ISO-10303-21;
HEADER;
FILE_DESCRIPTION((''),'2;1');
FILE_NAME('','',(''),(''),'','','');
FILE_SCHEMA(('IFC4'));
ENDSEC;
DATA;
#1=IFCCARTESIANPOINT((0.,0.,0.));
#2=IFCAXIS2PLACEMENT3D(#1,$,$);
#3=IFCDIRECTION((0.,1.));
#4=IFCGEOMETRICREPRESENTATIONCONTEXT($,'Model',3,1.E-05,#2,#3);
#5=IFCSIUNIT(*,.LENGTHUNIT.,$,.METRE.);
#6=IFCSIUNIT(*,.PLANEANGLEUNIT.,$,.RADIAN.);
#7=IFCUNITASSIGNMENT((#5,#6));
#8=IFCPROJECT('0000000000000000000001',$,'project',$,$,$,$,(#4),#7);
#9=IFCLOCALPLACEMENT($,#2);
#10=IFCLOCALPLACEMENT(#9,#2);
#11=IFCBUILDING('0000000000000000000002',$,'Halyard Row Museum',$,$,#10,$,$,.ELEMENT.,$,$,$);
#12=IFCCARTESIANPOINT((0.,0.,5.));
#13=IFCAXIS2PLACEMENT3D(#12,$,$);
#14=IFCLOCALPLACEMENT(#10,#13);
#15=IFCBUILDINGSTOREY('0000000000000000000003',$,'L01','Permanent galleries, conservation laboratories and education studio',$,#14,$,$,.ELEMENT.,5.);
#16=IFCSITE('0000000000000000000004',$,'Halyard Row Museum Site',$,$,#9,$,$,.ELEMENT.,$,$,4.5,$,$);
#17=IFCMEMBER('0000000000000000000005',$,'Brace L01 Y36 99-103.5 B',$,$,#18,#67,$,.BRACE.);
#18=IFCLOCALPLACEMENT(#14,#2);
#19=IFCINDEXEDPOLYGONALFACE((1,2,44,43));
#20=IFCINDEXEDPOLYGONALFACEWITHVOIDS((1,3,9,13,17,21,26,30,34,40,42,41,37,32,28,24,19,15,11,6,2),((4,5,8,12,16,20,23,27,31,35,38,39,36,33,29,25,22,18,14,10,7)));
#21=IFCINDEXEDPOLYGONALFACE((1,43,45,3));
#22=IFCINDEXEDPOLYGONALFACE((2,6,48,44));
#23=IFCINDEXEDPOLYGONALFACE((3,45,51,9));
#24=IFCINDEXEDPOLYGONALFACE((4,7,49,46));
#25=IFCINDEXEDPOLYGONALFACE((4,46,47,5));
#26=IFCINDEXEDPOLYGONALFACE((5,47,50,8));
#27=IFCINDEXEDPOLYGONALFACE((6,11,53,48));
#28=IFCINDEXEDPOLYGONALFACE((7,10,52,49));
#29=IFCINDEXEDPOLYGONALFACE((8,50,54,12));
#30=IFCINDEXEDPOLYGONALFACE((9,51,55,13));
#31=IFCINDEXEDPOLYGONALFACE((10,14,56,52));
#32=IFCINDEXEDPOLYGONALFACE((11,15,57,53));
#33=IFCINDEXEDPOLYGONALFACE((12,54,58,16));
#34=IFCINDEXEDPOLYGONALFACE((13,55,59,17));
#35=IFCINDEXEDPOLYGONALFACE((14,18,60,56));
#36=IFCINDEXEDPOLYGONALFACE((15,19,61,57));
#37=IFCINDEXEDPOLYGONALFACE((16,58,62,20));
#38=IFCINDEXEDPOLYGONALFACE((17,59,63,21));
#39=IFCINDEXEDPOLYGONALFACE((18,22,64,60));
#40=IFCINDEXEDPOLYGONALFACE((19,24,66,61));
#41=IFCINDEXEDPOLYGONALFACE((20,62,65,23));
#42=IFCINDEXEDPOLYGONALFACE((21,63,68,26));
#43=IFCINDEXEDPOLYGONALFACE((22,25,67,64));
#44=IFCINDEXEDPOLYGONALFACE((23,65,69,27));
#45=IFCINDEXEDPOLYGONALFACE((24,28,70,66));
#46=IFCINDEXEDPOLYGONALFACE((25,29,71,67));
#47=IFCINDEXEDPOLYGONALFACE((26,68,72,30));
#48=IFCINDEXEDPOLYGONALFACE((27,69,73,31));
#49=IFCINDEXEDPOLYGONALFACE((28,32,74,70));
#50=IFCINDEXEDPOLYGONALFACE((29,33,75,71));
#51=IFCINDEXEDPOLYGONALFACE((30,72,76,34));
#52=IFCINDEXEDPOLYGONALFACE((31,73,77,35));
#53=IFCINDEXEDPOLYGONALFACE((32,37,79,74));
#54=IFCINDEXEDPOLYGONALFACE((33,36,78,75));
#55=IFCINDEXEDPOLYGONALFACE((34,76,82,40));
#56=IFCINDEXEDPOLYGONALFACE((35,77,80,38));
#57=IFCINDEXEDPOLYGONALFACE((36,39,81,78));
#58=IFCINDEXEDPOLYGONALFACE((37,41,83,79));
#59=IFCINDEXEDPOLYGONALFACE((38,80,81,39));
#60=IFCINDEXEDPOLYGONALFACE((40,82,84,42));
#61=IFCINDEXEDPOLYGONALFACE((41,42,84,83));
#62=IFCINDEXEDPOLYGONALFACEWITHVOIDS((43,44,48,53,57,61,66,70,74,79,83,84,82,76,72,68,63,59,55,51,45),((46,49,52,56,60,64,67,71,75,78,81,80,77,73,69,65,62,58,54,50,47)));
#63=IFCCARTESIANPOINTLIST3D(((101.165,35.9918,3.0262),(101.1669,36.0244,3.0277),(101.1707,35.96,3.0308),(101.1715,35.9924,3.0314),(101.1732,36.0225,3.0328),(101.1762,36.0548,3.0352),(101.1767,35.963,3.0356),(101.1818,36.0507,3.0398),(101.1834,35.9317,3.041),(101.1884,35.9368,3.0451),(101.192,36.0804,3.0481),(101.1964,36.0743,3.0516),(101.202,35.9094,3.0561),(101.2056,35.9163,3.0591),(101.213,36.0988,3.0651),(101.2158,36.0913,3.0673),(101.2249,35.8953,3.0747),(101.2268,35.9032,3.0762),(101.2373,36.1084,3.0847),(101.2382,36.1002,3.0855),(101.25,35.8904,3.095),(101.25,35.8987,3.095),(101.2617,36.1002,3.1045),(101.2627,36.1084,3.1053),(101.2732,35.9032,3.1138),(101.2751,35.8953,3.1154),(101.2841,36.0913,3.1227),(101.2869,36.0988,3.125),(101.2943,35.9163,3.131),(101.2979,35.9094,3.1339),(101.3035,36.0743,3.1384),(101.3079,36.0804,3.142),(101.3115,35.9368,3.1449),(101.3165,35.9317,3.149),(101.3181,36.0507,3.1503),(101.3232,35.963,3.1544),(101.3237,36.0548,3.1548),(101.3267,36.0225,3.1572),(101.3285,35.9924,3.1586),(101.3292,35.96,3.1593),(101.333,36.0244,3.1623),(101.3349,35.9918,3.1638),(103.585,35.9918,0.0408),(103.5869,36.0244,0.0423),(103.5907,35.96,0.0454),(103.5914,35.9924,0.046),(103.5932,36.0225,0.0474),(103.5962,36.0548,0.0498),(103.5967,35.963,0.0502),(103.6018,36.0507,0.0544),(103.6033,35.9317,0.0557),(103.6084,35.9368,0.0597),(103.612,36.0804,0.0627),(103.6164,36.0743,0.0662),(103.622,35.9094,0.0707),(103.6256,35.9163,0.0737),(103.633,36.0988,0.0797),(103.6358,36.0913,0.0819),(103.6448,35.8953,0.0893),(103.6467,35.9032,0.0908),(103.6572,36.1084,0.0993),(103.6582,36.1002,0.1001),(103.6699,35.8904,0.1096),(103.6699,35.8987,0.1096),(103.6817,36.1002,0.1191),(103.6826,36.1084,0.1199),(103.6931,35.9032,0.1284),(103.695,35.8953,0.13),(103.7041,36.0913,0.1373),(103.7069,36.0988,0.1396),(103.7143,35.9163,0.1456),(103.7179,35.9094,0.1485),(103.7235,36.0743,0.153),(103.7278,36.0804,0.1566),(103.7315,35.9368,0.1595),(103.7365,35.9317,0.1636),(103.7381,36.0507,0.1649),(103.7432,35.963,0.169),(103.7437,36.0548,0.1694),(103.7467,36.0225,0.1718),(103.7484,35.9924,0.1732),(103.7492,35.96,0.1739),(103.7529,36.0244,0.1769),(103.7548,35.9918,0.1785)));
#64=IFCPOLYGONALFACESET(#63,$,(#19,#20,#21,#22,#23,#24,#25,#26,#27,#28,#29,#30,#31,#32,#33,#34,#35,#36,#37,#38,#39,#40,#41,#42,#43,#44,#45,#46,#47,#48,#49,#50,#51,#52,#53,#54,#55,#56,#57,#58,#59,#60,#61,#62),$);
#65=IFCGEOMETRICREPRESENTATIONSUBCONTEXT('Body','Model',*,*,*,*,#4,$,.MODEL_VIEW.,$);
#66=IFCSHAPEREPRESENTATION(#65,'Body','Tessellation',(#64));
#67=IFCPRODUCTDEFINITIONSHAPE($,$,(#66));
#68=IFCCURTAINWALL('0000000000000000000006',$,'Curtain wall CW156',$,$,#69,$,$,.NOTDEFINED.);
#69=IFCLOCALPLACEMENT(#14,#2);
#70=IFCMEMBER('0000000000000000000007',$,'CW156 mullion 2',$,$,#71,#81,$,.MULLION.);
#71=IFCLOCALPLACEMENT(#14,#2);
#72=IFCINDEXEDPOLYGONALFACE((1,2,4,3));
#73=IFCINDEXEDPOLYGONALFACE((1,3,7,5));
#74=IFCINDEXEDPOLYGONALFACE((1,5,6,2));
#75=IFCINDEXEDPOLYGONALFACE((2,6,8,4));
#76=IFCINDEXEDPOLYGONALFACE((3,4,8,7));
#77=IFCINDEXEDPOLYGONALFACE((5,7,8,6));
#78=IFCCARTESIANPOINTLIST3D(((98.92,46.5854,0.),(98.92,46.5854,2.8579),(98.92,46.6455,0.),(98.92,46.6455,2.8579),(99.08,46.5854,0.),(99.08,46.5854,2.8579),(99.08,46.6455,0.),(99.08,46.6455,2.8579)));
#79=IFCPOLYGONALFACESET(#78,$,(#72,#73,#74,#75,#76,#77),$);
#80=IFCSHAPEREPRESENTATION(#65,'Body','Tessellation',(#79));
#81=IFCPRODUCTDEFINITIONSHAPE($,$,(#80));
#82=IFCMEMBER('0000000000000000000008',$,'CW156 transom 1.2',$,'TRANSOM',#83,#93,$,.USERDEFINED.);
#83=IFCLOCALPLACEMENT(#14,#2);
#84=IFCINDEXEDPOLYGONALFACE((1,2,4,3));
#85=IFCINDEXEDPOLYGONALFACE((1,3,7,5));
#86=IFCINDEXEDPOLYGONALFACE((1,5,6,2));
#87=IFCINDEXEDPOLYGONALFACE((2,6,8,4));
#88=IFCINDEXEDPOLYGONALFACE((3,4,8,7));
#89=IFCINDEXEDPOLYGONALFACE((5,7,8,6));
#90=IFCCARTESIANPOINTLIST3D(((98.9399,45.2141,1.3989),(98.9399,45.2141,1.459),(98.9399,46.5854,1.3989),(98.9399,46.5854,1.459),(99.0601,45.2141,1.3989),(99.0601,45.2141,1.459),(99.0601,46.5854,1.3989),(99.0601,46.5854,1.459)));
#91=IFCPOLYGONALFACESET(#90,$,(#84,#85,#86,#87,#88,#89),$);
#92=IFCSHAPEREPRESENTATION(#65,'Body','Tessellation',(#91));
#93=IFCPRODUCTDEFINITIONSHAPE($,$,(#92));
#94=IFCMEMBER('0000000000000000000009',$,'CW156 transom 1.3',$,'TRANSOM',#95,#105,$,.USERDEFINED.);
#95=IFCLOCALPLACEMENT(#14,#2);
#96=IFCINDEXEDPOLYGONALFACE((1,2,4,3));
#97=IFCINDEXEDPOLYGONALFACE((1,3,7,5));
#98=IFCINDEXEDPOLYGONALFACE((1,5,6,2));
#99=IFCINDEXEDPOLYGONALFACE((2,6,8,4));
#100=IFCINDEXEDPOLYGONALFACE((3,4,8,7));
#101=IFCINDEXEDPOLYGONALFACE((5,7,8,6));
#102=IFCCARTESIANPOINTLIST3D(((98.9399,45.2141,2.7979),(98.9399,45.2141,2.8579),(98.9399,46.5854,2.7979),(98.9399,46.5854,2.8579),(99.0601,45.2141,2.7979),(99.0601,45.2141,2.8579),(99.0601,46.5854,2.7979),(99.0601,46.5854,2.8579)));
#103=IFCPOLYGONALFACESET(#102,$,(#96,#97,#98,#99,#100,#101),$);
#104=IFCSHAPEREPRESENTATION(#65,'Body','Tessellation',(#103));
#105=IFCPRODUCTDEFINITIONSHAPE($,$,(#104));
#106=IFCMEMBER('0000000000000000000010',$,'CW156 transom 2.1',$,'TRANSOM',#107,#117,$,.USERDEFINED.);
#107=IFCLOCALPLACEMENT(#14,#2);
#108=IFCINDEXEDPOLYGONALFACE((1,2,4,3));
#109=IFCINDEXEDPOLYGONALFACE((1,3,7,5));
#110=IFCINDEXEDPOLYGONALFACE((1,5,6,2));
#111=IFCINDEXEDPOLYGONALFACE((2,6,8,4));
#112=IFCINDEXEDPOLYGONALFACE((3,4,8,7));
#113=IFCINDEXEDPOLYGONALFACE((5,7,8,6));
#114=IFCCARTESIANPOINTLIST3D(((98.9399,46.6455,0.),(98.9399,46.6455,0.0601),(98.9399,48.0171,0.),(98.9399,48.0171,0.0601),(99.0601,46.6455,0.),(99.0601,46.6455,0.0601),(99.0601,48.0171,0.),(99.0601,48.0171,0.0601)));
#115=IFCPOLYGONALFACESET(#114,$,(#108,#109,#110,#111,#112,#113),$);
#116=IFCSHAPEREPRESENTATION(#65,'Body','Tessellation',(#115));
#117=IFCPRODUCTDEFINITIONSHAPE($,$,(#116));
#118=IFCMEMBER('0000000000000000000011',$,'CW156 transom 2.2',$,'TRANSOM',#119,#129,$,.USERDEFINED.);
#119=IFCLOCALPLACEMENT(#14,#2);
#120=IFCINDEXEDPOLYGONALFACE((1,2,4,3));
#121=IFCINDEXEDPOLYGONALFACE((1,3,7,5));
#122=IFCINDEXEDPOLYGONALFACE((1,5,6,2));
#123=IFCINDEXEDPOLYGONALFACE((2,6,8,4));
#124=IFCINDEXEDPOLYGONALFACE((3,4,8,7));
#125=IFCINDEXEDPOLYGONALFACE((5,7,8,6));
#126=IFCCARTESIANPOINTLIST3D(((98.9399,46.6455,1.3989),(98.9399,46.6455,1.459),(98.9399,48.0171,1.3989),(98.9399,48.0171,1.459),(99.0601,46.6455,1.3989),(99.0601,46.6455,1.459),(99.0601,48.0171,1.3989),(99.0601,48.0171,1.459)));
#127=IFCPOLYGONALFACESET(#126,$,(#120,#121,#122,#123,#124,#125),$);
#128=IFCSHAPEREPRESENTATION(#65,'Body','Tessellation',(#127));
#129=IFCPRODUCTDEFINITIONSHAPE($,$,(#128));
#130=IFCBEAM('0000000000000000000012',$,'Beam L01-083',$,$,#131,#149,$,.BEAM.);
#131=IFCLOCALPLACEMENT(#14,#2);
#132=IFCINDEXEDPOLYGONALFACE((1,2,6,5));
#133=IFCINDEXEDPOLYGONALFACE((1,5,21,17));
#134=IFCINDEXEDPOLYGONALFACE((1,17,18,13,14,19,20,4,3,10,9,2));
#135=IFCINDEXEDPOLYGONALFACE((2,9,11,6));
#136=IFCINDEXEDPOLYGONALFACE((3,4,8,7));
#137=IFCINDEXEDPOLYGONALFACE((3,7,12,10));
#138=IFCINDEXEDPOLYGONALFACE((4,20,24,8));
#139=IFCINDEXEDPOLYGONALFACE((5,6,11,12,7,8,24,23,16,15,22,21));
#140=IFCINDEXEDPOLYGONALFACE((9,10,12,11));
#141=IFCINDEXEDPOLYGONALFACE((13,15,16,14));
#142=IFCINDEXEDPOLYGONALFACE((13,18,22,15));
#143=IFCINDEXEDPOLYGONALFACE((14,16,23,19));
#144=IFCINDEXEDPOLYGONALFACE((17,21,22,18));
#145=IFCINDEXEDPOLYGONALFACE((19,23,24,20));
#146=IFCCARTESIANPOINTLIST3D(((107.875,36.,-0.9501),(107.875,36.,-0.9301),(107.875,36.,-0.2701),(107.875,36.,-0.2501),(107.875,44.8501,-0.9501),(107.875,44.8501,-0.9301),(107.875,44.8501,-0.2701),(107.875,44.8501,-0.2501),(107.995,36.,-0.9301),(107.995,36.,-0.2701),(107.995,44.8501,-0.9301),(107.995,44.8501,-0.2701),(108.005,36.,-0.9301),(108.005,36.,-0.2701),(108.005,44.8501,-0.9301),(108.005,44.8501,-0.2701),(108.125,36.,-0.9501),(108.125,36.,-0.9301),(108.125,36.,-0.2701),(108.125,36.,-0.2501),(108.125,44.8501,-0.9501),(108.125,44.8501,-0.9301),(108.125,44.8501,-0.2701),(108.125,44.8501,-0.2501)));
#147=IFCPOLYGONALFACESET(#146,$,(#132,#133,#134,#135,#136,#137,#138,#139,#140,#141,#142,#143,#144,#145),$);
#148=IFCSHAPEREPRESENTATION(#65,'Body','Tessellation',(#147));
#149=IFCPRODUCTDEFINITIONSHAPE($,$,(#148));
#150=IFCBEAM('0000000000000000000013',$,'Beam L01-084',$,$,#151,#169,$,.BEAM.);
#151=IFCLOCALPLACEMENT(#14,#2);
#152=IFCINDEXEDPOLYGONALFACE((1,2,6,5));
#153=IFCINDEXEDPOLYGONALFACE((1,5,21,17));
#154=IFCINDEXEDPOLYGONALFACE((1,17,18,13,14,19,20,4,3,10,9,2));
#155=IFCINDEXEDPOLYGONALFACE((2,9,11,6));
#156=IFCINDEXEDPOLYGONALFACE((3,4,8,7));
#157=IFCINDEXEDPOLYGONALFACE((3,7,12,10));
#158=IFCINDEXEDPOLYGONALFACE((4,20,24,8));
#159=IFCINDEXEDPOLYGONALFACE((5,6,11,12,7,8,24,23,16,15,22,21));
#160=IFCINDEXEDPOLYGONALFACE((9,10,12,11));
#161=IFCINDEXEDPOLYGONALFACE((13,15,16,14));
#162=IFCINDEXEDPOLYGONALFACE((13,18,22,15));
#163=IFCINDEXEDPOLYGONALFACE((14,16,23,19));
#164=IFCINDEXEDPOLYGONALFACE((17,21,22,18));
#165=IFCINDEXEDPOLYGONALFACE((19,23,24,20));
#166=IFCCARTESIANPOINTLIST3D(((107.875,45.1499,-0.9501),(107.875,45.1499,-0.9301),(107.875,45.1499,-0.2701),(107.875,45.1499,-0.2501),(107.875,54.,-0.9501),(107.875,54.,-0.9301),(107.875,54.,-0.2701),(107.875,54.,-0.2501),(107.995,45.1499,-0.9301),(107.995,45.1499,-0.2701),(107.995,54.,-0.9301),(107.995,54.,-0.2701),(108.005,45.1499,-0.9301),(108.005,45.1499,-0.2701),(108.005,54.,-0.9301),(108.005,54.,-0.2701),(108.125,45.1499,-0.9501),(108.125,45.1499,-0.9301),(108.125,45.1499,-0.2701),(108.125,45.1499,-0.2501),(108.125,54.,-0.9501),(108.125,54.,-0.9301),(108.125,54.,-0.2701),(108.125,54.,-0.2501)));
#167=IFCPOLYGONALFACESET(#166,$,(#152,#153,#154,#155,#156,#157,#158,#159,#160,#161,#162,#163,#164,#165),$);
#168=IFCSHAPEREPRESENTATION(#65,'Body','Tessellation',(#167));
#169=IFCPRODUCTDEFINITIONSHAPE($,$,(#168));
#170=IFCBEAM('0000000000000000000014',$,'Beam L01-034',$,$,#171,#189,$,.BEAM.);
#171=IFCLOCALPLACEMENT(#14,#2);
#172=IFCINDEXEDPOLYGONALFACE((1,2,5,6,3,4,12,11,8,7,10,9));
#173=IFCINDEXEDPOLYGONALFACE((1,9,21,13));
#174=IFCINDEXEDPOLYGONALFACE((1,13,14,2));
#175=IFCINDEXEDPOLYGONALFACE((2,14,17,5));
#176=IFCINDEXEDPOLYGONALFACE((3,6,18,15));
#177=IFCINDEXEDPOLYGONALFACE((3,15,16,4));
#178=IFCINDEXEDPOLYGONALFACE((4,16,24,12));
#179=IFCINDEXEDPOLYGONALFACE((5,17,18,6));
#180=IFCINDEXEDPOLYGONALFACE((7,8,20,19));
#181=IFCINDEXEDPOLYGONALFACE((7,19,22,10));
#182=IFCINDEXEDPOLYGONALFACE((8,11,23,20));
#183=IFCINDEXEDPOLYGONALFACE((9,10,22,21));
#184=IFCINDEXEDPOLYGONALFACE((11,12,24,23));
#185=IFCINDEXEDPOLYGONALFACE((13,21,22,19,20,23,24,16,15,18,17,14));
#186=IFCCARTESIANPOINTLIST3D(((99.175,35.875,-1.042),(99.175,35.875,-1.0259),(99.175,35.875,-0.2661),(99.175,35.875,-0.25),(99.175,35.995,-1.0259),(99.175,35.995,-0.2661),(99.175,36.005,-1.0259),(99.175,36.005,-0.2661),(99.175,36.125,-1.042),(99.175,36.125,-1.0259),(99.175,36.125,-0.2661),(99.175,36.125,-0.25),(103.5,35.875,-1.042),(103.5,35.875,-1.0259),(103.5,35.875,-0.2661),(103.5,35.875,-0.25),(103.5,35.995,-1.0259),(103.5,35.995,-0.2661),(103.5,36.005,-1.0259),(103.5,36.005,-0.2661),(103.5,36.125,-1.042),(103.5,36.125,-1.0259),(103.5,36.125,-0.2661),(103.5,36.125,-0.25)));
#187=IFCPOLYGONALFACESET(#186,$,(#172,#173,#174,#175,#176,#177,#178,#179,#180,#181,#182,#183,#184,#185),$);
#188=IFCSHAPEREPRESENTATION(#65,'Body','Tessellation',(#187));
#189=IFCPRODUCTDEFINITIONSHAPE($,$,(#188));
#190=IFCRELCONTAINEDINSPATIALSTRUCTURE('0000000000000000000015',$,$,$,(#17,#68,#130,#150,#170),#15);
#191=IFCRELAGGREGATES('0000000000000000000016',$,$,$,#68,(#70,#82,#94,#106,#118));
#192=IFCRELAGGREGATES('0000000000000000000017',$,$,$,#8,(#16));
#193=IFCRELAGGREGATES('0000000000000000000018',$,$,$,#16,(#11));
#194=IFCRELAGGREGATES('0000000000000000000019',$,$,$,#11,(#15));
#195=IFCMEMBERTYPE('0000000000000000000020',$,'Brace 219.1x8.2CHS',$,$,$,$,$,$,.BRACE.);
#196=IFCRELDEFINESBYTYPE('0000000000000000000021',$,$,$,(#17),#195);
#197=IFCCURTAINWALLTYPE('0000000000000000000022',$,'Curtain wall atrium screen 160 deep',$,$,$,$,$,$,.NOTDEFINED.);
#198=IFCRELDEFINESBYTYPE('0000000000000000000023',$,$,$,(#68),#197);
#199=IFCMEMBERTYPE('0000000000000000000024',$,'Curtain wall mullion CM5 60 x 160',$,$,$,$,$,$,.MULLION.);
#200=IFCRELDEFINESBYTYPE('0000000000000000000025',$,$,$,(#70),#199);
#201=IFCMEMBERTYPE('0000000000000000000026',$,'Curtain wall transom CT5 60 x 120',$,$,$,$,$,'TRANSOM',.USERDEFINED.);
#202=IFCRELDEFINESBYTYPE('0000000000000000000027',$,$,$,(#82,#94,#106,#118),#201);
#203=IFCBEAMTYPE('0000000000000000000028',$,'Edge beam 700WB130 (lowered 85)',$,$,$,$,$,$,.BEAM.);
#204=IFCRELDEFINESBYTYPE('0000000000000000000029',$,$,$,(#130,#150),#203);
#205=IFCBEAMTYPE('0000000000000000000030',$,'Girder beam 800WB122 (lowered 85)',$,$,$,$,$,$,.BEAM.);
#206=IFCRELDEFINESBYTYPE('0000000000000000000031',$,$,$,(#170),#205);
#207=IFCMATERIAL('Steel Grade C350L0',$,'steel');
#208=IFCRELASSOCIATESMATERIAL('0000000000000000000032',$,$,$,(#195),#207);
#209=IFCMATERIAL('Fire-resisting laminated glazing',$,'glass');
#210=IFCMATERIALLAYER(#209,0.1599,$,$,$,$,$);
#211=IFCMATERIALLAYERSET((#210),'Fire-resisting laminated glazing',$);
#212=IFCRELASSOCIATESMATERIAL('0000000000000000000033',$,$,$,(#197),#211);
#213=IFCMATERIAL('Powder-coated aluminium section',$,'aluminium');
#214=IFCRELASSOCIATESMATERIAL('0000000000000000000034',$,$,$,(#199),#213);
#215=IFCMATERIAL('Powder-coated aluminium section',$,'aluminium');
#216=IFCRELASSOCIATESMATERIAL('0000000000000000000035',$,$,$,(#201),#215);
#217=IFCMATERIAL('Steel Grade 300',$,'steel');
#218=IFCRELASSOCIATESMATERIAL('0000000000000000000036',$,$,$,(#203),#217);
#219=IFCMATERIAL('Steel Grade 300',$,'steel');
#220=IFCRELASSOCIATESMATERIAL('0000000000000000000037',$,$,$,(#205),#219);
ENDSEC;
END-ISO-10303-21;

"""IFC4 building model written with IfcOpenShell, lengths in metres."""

from ifc_helpers import new_model, si_unit, direction, frame, origin, origin_2d, place, context, subcontext, project, spatial, rectangle, hollow_circle, i_section, extrude, material, layer, layer_set, material_profile, profile_set, type_object, element, aggregate, save


model = new_model("IFC4")

# Units and contexts
model_context = context("Model", 3, precision=1e-05, world=origin(), true_north=direction((0.0, 1.0)))
body_context = subcontext(model_context, "Body", "Model", "MODEL_VIEW")
ifc_project = project(units=[si_unit("LENGTHUNIT", "METRE"), si_unit("PLANEANGLEUNIT", "RADIAN")], contexts=[model_context])

# Site, building, storey
site_placement = place(None, origin())
site = spatial("IfcSite", under=ifc_project, at=site_placement, Name="Halyard Row Museum Site", CompositionType="ELEMENT", RefElevation=4.5)
building_placement = place(site_placement, origin())
building = spatial("IfcBuilding", under=site, at=building_placement, Name="Halyard Row Museum", CompositionType="ELEMENT")
storey_placement = place(building_placement, frame((0.0, 0.0, 5.0)))
storey = spatial("IfcBuildingStorey", under=building, at=storey_placement, Name="L01", Description="Permanent galleries, conservation laboratories and education studio", CompositionType="ELEMENT", Elevation=5.0)

# Member
ifc_material_1 = material(Name="Steel Grade C350L0", Category="steel")
ifc_material_profile_1 = material_profile(ifc_material_1, hollow_circle(Radius=0.1096, WallThickness=0.0083, at=origin_2d()), Name="219.1x8.2CHS")
ifc_profile_set_1 = profile_set([ifc_material_profile_1], Name="Steel Grade C350L0")
member_type_1 = type_object("IfcMemberType", Name="Brace 219.1x8.2CHS", PredefinedType="BRACE", material=ifc_profile_set_1)
member_1_placement = place(storey_placement, frame((103.6699, 36.0, 0.1096), z_axis=(-0.629703, 0.0, 0.776836), x_axis=(0.0, -1.0, 0.0)))
element("IfcMember", 1, at=member_1_placement, inside=storey, type_object=member_type_1, Name="Brace L01 Y36 99-103.5 B", PredefinedType="BRACE", context=body_context, shape_type="SweptSolid", body=[
    extrude(hollow_circle(Radius=0.1096, WallThickness=0.0083, at=origin_2d()), origin(), (0.0, 0.0, 1.0), 3.843),
])

# Curtain wall, members
ifc_material_2 = material(Name="Fire-resisting laminated glazing", Category="glass")
ifc_layer_1 = layer(ifc_material_2, 0.1599)
ifc_layer_set_1 = layer_set([ifc_layer_1], Name="Fire-resisting laminated glazing")
curtain_wall_type = type_object("IfcCurtainWallType", Name="Curtain wall atrium screen 160 deep", PredefinedType="NOTDEFINED", material=ifc_layer_set_1)
curtain_wall_placement = place(storey_placement, origin())
curtain_wall = element("IfcCurtainWall", 2, at=curtain_wall_placement, inside=storey, type_object=curtain_wall_type, Name="Curtain wall CW156", PredefinedType="NOTDEFINED")
ifc_material_3 = material(Name="Powder-coated aluminium section", Category="aluminium")
ifc_material_profile_2 = material_profile(ifc_material_3, rectangle(XDim=0.1599, YDim=0.0601, at=origin_2d()), Name="160x60 mullion")
ifc_profile_set_2 = profile_set([ifc_material_profile_2], Name="Powder-coated aluminium section")
member_type_2 = type_object("IfcMemberType", Name="Curtain wall mullion CM5 60 x 160", PredefinedType="MULLION", material=ifc_profile_set_2)
member_2_placement = place(storey_placement, frame((99.0, 46.6155, 0.0), z_axis=(0.0, 0.0, 1.0), x_axis=(-1.0, 0.0, 0.0)))
member_2 = element("IfcMember", 3, at=member_2_placement, type_object=member_type_2, Name="CW156 mullion 2", PredefinedType="MULLION", context=body_context, shape_type="SweptSolid", body=[
    extrude(rectangle(XDim=0.1599, YDim=0.0601, at=origin_2d()), origin(), (0.0, 0.0, 1.0), 2.8579),
])
ifc_material_4 = material(Name="Powder-coated aluminium section", Category="aluminium")
ifc_material_profile_3 = material_profile(ifc_material_4, rectangle(XDim=0.1201, YDim=0.0601, at=origin_2d()), Name="120x60 transom")
ifc_profile_set_3 = profile_set([ifc_material_profile_3], Name="Powder-coated aluminium section")
member_type_3 = type_object("IfcMemberType", Name="Curtain wall transom CT5 60 x 120", ElementType="TRANSOM", PredefinedType="USERDEFINED", material=ifc_profile_set_3)
member_3_placement = place(storey_placement, frame((99.0, 45.2141, 1.429), z_axis=(0.0, 1.0, 0.0), x_axis=(-1.0, 0.0, 0.0)))
member_3 = element("IfcMember", 4, at=member_3_placement, type_object=member_type_3, Name="CW156 transom 1.2", ObjectType="TRANSOM", PredefinedType="USERDEFINED", context=body_context, shape_type="SweptSolid", body=[
    extrude(rectangle(XDim=0.1201, YDim=0.0601, at=origin_2d()), origin(), (0.0, 0.0, 1.0), 1.3713),
])
member_4_placement = place(storey_placement, frame((99.0, 45.2141, 2.8279), z_axis=(0.0, 1.0, 0.0), x_axis=(-1.0, 0.0, 0.0)))
member_4 = element("IfcMember", 5, at=member_4_placement, type_object=member_type_3, Name="CW156 transom 1.3", ObjectType="TRANSOM", PredefinedType="USERDEFINED", context=body_context, shape_type="SweptSolid", body=[
    extrude(rectangle(XDim=0.1201, YDim=0.0601, at=origin_2d()), origin(), (0.0, 0.0, 1.0), 1.3713),
])
member_5_placement = place(storey_placement, frame((99.0, 46.6455, 0.03), z_axis=(0.0, 1.0, 0.0), x_axis=(-1.0, 0.0, 0.0)))
member_5 = element("IfcMember", 6, at=member_5_placement, type_object=member_type_3, Name="CW156 transom 2.1", ObjectType="TRANSOM", PredefinedType="USERDEFINED", context=body_context, shape_type="SweptSolid", body=[
    extrude(rectangle(XDim=0.1201, YDim=0.0601, at=origin_2d()), origin(), (0.0, 0.0, 1.0), 1.3716),
])
member_6_placement = place(storey_placement, frame((99.0, 46.6455, 1.429), z_axis=(0.0, 1.0, 0.0), x_axis=(-1.0, 0.0, 0.0)))
member_6 = element("IfcMember", 7, at=member_6_placement, type_object=member_type_3, Name="CW156 transom 2.2", ObjectType="TRANSOM", PredefinedType="USERDEFINED", context=body_context, shape_type="SweptSolid", body=[
    extrude(rectangle(XDim=0.1201, YDim=0.0601, at=origin_2d()), origin(), (0.0, 0.0, 1.0), 1.3716),
])

# Beams
ifc_material_5 = material(Name="Steel Grade 300", Category="steel")
ifc_material_profile_4 = material_profile(ifc_material_5, i_section(OverallWidth=0.25, OverallDepth=0.7, WebThickness=0.01, FlangeThickness=0.02, at=origin_2d()), Name="700WB130")
ifc_profile_set_4 = profile_set([ifc_material_profile_4], Name="Steel Grade 300")
beam_type_1 = type_object("IfcBeamType", Name="Edge beam 700WB130 (lowered 85)", PredefinedType="BEAM", material=ifc_profile_set_4)
for number, where, z_axis, x_axis, name in (
    (8, (108.0, 36.0, -0.6001), (0.0, 1.0, 0.0), (-1.0, 0.0, 0.0), "Beam L01-083"),
    (9, (108.0, 45.1499, -0.6001), (0.0, 1.0, 0.0), (-1.0, 0.0, 0.0), "Beam L01-084"),
):
    element("IfcBeam", number, at=place(storey_placement, frame(where, z_axis=z_axis, x_axis=x_axis)), inside=storey, type_object=beam_type_1, Name=name, PredefinedType="BEAM", context=body_context, shape_type="SweptSolid", body=[
        extrude(i_section(OverallWidth=0.25, OverallDepth=0.7, WebThickness=0.01, FlangeThickness=0.02, at=origin_2d()), origin(), (0.0, 0.0, 1.0), 8.8501),
    ])
ifc_material_6 = material(Name="Steel Grade 300", Category="steel")
ifc_material_profile_5 = material_profile(ifc_material_6, i_section(OverallWidth=0.25, OverallDepth=0.792, WebThickness=0.01, FlangeThickness=0.0161, at=origin_2d()), Name="800WB122")
ifc_profile_set_5 = profile_set([ifc_material_profile_5], Name="Steel Grade 300")
beam_type_2 = type_object("IfcBeamType", Name="Girder beam 800WB122 (lowered 85)", PredefinedType="BEAM", material=ifc_profile_set_5)
beam_1_placement = place(storey_placement, frame((99.175, 36.0, -0.646), z_axis=(1.0, 0.0, 0.0), x_axis=(0.0, 1.0, 0.0)))
element("IfcBeam", 10, at=beam_1_placement, inside=storey, type_object=beam_type_2, Name="Beam L01-034", PredefinedType="BEAM", context=body_context, shape_type="SweptSolid", body=[
    extrude(i_section(OverallWidth=0.25, OverallDepth=0.792, WebThickness=0.01, FlangeThickness=0.0161, at=origin_2d()), origin(), (0.0, 0.0, 1.0), 4.325),
])

aggregate(curtain_wall, [member_2, member_3, member_4, member_5, member_6])

save(model, "model.ifc")
